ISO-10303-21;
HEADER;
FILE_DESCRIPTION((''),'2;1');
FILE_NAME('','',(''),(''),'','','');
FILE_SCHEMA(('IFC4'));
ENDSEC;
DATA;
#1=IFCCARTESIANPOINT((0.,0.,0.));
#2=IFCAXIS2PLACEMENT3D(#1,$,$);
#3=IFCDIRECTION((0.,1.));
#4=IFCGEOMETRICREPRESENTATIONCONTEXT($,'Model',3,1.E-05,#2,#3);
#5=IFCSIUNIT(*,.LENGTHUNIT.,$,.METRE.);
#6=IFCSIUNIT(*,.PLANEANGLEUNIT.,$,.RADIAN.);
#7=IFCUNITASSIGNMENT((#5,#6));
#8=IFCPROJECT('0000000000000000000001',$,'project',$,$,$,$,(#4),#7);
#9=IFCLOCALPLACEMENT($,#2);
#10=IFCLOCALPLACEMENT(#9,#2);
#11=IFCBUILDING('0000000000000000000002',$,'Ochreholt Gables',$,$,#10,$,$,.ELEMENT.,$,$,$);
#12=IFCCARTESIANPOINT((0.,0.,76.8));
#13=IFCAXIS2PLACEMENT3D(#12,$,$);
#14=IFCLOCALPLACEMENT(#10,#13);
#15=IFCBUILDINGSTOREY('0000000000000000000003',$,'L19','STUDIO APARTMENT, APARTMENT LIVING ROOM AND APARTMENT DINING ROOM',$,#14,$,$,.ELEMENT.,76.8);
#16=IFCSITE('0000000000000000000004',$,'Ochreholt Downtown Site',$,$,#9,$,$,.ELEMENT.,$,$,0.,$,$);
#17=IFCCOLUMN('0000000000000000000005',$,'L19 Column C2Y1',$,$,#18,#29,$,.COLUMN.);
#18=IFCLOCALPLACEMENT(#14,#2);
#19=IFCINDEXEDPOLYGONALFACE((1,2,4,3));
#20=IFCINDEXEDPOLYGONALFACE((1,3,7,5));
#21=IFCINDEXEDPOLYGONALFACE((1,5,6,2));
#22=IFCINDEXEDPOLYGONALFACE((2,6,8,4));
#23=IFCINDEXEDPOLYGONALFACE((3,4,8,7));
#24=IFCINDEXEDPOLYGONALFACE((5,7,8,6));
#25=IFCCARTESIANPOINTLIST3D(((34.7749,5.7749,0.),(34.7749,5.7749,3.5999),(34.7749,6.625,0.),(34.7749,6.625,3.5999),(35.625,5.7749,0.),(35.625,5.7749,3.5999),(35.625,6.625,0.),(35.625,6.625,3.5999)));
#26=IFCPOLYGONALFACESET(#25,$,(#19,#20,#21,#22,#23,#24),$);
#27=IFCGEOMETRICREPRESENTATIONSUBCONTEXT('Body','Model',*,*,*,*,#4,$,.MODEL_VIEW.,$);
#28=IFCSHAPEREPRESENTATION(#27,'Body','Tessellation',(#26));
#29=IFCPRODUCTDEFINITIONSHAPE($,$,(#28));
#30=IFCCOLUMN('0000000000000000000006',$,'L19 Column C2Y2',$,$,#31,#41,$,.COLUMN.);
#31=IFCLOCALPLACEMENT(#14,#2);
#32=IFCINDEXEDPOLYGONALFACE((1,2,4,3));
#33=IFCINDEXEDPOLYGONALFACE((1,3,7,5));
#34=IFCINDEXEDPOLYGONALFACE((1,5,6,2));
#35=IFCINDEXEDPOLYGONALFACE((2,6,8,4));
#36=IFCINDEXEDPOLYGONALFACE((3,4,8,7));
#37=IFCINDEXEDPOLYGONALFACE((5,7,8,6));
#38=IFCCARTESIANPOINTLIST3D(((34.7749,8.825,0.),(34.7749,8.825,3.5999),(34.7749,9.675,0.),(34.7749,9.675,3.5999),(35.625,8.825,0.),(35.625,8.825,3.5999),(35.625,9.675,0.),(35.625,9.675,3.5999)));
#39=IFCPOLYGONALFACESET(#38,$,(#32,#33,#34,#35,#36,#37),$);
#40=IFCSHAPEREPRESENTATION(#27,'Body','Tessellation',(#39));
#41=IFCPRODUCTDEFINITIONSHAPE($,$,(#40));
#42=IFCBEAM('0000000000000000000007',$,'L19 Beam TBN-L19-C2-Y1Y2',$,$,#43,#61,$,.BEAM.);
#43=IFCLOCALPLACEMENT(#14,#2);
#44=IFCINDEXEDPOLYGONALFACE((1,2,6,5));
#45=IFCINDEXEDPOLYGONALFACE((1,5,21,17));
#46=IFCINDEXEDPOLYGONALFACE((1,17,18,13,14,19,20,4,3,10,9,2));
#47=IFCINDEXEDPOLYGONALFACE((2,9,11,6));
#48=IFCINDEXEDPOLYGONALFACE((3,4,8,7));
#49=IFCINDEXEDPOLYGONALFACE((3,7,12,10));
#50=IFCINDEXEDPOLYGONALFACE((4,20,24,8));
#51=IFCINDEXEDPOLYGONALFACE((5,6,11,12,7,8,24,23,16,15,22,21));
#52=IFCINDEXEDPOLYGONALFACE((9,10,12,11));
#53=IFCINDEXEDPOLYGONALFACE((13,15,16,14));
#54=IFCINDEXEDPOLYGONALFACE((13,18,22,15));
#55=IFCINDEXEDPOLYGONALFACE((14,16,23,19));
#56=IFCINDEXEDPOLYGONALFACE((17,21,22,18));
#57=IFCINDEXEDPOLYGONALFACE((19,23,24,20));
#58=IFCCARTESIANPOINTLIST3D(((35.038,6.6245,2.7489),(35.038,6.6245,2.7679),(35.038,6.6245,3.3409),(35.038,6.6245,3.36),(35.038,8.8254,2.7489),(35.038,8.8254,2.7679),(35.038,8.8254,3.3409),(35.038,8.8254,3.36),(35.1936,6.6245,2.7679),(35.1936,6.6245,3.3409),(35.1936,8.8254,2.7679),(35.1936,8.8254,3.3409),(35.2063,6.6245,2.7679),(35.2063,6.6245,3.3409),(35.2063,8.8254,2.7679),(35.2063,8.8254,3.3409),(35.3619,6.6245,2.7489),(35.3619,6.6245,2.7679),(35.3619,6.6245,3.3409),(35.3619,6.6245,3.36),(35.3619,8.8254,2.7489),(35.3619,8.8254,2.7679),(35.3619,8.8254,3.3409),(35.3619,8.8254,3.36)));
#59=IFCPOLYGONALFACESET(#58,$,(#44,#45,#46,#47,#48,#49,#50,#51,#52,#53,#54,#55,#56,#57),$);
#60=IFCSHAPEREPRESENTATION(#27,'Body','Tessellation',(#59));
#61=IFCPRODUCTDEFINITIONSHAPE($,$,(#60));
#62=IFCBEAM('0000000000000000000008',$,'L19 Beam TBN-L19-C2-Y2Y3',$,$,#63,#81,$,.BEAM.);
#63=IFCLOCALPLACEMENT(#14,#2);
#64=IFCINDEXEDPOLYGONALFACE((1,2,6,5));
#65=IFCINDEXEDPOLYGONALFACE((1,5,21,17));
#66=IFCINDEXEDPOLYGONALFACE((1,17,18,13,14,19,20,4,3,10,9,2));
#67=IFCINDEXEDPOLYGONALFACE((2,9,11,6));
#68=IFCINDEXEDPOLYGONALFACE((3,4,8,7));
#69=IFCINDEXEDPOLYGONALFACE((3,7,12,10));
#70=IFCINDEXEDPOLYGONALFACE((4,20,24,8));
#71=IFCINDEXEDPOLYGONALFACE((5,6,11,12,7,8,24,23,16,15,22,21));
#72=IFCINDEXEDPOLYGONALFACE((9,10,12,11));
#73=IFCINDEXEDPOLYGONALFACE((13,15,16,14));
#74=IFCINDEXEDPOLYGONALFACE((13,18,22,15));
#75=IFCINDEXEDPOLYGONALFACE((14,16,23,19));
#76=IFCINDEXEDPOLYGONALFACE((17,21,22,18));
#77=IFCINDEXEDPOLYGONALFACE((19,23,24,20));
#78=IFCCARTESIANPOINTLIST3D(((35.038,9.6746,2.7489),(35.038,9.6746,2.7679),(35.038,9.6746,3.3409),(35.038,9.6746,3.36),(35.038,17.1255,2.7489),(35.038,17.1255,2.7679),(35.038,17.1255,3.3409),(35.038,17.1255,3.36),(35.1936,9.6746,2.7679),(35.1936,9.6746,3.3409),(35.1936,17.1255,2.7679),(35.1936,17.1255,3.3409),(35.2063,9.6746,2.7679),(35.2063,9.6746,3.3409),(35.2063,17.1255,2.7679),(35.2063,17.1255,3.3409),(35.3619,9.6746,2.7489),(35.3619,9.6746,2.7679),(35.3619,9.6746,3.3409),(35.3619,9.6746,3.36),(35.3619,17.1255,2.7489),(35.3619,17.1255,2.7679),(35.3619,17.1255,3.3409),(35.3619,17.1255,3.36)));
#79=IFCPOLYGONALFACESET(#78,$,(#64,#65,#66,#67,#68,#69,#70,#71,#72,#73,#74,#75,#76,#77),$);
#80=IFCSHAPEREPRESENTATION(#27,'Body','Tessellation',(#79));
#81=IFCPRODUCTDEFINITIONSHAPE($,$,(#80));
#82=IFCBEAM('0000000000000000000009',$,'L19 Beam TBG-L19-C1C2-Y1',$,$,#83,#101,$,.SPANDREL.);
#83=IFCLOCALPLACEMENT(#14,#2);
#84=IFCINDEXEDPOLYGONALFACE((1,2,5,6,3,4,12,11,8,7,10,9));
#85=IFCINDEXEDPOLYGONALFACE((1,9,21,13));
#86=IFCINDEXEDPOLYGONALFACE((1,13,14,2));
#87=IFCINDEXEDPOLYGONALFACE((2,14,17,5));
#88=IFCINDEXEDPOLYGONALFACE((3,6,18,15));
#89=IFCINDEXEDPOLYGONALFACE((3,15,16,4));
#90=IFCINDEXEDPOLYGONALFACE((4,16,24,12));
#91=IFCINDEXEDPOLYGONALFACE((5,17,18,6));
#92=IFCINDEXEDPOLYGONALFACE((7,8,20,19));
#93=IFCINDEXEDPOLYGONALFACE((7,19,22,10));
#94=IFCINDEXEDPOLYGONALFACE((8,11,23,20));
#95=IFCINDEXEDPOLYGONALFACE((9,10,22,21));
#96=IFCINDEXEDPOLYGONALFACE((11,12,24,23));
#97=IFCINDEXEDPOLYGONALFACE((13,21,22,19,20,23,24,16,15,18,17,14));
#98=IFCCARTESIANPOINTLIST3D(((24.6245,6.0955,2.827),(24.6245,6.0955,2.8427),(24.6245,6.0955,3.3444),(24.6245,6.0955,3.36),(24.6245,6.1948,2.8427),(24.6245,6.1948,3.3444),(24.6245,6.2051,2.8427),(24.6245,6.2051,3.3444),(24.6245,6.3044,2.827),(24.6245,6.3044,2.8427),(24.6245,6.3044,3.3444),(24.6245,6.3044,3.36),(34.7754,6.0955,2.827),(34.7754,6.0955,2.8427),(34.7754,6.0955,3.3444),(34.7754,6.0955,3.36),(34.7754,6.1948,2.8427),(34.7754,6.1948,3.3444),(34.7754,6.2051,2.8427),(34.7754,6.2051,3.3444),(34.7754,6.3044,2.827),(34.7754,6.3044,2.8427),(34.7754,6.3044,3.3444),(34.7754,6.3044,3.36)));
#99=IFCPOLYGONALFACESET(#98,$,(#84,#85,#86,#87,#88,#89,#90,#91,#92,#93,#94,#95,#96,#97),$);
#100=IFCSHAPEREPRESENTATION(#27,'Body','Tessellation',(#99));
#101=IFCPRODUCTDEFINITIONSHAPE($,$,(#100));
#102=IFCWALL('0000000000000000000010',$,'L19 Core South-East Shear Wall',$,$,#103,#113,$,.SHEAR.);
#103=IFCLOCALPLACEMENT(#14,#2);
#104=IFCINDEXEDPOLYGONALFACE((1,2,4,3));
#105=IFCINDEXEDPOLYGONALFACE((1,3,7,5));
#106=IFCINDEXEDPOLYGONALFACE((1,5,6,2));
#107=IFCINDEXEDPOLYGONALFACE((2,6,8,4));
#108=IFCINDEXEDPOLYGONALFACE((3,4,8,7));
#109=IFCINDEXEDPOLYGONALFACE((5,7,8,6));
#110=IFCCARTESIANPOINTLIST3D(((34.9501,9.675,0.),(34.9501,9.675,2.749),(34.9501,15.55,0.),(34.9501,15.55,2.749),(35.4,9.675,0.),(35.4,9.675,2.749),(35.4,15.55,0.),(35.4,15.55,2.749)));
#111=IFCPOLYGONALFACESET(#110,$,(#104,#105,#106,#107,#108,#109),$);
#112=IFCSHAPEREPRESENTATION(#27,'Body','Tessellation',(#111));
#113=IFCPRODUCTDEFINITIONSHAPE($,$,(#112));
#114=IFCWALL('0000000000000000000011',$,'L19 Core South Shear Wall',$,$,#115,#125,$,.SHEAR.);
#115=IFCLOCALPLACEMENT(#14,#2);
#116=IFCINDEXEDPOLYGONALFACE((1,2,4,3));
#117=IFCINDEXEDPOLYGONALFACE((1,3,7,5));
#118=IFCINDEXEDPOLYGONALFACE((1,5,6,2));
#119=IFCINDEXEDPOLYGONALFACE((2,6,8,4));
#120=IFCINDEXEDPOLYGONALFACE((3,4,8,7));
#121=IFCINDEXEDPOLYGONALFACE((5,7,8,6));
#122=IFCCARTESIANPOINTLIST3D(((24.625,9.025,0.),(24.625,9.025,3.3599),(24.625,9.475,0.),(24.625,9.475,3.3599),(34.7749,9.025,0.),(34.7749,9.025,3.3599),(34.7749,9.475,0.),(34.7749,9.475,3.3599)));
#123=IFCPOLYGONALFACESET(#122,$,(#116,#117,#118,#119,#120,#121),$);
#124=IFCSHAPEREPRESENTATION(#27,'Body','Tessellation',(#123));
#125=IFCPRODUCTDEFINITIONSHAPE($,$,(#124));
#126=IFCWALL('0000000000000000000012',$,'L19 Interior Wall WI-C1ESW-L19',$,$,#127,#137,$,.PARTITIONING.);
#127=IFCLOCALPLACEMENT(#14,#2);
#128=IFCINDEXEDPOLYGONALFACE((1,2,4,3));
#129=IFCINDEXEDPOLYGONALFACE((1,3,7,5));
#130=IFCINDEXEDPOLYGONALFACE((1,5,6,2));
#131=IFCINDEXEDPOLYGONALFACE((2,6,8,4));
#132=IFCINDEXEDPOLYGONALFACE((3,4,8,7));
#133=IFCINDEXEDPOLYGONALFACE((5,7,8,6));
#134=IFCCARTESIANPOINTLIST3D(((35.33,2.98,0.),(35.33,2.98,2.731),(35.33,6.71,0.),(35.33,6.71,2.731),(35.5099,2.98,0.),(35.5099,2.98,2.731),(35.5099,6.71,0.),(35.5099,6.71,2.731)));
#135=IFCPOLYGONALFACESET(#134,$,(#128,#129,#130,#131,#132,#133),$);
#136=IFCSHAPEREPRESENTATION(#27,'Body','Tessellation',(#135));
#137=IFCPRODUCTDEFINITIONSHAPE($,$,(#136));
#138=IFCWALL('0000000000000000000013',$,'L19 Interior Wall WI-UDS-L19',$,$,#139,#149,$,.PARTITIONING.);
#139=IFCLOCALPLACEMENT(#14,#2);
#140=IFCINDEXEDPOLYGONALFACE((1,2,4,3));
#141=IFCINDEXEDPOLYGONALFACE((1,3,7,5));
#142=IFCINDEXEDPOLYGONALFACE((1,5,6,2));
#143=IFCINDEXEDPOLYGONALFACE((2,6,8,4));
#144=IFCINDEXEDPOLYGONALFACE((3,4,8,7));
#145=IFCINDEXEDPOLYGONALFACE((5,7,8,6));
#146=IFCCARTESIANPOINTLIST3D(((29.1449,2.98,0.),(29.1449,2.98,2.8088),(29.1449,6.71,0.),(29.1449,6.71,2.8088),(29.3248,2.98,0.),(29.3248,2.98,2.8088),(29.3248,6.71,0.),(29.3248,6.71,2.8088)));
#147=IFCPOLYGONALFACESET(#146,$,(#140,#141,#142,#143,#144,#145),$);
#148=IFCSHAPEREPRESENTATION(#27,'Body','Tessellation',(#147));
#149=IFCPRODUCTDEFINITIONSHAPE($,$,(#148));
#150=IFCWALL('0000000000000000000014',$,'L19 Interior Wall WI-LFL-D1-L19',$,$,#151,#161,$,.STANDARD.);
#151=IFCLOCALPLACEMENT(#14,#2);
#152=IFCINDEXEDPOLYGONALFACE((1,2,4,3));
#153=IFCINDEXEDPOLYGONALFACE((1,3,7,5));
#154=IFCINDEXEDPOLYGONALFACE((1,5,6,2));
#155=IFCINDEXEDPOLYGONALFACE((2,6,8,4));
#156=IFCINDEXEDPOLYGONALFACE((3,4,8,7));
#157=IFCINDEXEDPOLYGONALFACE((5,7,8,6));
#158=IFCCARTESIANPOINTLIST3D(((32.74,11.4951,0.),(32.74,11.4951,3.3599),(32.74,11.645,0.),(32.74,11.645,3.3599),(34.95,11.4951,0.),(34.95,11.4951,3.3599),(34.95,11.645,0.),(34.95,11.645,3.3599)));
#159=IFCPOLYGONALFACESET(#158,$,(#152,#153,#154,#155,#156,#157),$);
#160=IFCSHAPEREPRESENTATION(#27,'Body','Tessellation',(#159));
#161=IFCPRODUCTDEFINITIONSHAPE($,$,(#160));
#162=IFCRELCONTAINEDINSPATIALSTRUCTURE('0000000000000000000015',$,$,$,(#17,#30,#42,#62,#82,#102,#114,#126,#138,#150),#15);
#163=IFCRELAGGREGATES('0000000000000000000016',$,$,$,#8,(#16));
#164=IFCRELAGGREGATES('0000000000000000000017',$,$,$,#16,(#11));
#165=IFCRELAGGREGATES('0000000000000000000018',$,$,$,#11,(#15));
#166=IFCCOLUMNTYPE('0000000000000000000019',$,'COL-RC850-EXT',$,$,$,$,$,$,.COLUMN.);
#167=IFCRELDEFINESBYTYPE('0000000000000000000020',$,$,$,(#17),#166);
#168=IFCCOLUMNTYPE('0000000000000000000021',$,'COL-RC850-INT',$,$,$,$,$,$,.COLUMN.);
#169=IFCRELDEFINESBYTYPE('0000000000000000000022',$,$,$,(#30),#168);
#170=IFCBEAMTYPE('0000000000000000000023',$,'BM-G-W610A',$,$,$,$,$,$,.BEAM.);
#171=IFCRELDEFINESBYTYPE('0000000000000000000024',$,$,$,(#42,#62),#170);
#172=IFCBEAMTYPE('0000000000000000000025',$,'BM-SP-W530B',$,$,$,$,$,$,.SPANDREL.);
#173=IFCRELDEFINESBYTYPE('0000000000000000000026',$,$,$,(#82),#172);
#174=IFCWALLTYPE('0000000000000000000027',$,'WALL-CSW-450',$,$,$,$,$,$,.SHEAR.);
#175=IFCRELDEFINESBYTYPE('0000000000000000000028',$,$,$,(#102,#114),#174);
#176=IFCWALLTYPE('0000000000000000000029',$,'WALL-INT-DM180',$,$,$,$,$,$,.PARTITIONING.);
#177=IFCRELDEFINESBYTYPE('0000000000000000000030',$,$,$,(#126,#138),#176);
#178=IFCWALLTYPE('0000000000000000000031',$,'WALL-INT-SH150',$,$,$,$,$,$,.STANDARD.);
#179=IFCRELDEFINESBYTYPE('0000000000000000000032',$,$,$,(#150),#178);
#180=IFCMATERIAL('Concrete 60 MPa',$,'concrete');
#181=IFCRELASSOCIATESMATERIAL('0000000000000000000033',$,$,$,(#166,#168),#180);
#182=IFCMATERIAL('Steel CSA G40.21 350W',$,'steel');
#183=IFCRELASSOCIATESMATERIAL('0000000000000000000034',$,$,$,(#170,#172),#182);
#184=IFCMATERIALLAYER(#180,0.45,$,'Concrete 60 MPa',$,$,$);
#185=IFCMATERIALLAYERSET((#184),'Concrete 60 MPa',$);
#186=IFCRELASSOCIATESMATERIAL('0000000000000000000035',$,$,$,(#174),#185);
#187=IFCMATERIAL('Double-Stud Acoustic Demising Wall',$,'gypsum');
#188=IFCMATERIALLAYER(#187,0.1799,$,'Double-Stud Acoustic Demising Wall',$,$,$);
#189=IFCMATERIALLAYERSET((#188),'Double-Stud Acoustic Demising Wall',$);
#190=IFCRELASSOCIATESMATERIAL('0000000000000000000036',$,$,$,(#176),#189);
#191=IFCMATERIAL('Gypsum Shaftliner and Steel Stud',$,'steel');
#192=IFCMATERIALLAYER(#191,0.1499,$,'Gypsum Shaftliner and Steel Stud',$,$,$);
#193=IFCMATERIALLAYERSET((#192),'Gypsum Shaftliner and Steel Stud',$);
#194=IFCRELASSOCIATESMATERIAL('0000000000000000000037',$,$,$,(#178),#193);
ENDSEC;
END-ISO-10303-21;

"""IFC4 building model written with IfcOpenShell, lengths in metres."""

from ifc_helpers import new_model, si_unit, direction, frame, frame_2d, origin, origin_2d, place, context, subcontext, project, spatial, rectangle, i_section, extrude, material, layer, layer_set, material_profile, profile_set, type_object, element, save


model = new_model("IFC4")

# Units and contexts
model_context = context("Model", 3, precision=1e-05, world=origin(), true_north=direction((0.0, 1.0)))
body_context = subcontext(model_context, "Body", "Model", "MODEL_VIEW")
ifc_project = project(units=[si_unit("LENGTHUNIT", "METRE"), si_unit("PLANEANGLEUNIT", "RADIAN")], contexts=[model_context])

# Site, building, storey
site_placement = place(None, origin())
site = spatial("IfcSite", under=ifc_project, at=site_placement, Name="Ochreholt Downtown Site", CompositionType="ELEMENT", RefElevation=0.0)
building_placement = place(site_placement, origin())
building = spatial("IfcBuilding", under=site, at=building_placement, Name="Ochreholt Gables", CompositionType="ELEMENT")
storey_placement = place(building_placement, frame((0.0, 0.0, 76.8)))
storey = spatial("IfcBuildingStorey", under=building, at=storey_placement, Name="L19", Description="STUDIO APARTMENT, APARTMENT LIVING ROOM AND APARTMENT DINING ROOM", CompositionType="ELEMENT", Elevation=76.8)

# Columns
ifc_material_1 = material(Name="Concrete 60 MPa", Category="concrete")
ifc_material_profile_1 = material_profile(ifc_material_1, rectangle(XDim=0.8501, YDim=0.8501, at=origin_2d()), Name="RC850X850")
ifc_profile_set_1 = profile_set([ifc_material_profile_1], Name="Concrete 60 MPa")
column_type_1 = type_object("IfcColumnType", Name="COL-RC850-EXT", PredefinedType="COLUMN", material=ifc_profile_set_1)
column_1_placement = place(storey_placement, frame((35.2, 6.2, 0.0), z_axis=(0.0, 0.0, 1.0), x_axis=(1.0, 0.0, 0.0)))
element("IfcColumn", 1, at=column_1_placement, inside=storey, type_object=column_type_1, Name="L19 Column C2Y1", PredefinedType="COLUMN", context=body_context, shape_type="SweptSolid", body=[
    extrude(rectangle(XDim=0.8501, YDim=0.8501, at=origin_2d()), origin(), (0.0, 0.0, 1.0), 3.5999),
])
ifc_material_profile_2 = material_profile(ifc_material_1, rectangle(XDim=0.8501, YDim=0.8501, at=origin_2d()), Name="RC850X850")
ifc_profile_set_2 = profile_set([ifc_material_profile_2], Name="Concrete 60 MPa")
column_type_2 = type_object("IfcColumnType", Name="COL-RC850-INT", PredefinedType="COLUMN", material=ifc_profile_set_2)
column_2_placement = place(storey_placement, frame((35.2, 9.25, 0.0), z_axis=(0.0, 0.0, 1.0), x_axis=(1.0, 0.0, 0.0)))
element("IfcColumn", 2, at=column_2_placement, inside=storey, type_object=column_type_2, Name="L19 Column C2Y2", PredefinedType="COLUMN", context=body_context, shape_type="SweptSolid", body=[
    extrude(rectangle(XDim=0.8501, YDim=0.8501, at=origin_2d()), origin(), (0.0, 0.0, 1.0), 3.5999),
])

# Beams
ifc_material_2 = material(Name="Steel CSA G40.21 350W", Category="steel")
ifc_material_profile_3 = material_profile(ifc_material_2, i_section(OverallWidth=0.324, OverallDepth=0.6111, WebThickness=0.0127, FlangeThickness=0.019, at=origin_2d()), Name="W610X155")
ifc_profile_set_3 = profile_set([ifc_material_profile_3], Name="Steel CSA G40.21 350W")
beam_type_1 = type_object("IfcBeamType", Name="BM-G-W610A", PredefinedType="BEAM", material=ifc_profile_set_3)
beam_1_placement = place(storey_placement, frame((35.2, 6.6245, 3.0544), z_axis=(0.0, 1.0, 0.0), x_axis=(-1.0, 0.0, 0.0)))
element("IfcBeam", 3, at=beam_1_placement, inside=storey, type_object=beam_type_1, Name="L19 Beam TBN-L19-C2-Y1Y2", PredefinedType="BEAM", context=body_context, shape_type="SweptSolid", body=[
    extrude(i_section(OverallWidth=0.324, OverallDepth=0.6111, WebThickness=0.0127, FlangeThickness=0.019, at=origin_2d()), origin(), (0.0, 0.0, 1.0), 2.2009),
])
beam_2_placement = place(storey_placement, frame((35.2, 9.6746, 3.0544), z_axis=(0.0, 1.0, 0.0), x_axis=(-1.0, 0.0, 0.0)))
element("IfcBeam", 4, at=beam_2_placement, inside=storey, type_object=beam_type_1, Name="L19 Beam TBN-L19-C2-Y2Y3", PredefinedType="BEAM", context=body_context, shape_type="SweptSolid", body=[
    extrude(i_section(OverallWidth=0.324, OverallDepth=0.6111, WebThickness=0.0127, FlangeThickness=0.019, at=origin_2d()), origin(), (0.0, 0.0, 1.0), 7.4509),
])
ifc_material_profile_4 = material_profile(ifc_material_2, i_section(OverallWidth=0.209, OverallDepth=0.533, WebThickness=0.0103, FlangeThickness=0.0156, at=origin_2d()), Name="W530X92")
ifc_profile_set_4 = profile_set([ifc_material_profile_4], Name="Steel CSA G40.21 350W")
beam_type_2 = type_object("IfcBeamType", Name="BM-SP-W530B", PredefinedType="SPANDREL", material=ifc_profile_set_4)
beam_3_placement = place(storey_placement, frame((24.6245, 6.2, 3.0935), z_axis=(1.0, 0.0, 0.0), x_axis=(0.0, 1.0, 0.0)))
element("IfcBeam", 5, at=beam_3_placement, inside=storey, type_object=beam_type_2, Name="L19 Beam TBG-L19-C1C2-Y1", PredefinedType="SPANDREL", context=body_context, shape_type="SweptSolid", body=[
    extrude(i_section(OverallWidth=0.209, OverallDepth=0.533, WebThickness=0.0103, FlangeThickness=0.0156, at=origin_2d()), origin(), (0.0, 0.0, 1.0), 10.1509),
])

# Walls
ifc_layer_1 = layer(ifc_material_1, 0.45, Name="Concrete 60 MPa")
ifc_layer_set_1 = layer_set([ifc_layer_1], Name="Concrete 60 MPa")
wall_type_1 = type_object("IfcWallType", Name="WALL-CSW-450", PredefinedType="SHEAR", material=ifc_layer_set_1)
wall_1_placement = place(storey_placement, frame((35.175, 9.675, 0.0), z_axis=(0.0, 0.0, 1.0), x_axis=(0.0, 1.0, 0.0)))
element("IfcWall", 6, at=wall_1_placement, inside=storey, type_object=wall_type_1, Name="L19 Core South-East Shear Wall", PredefinedType="SHEAR", context=body_context, shape_type="SweptSolid", body=[
    extrude(rectangle(XDim=5.875, YDim=0.45, at=frame_2d((2.9375, 0.0))), origin(), (0.0, 0.0, 1.0), 2.749),
])
wall_2_placement = place(storey_placement, frame((24.625, 9.25, 0.0), z_axis=(0.0, 0.0, 1.0), x_axis=(1.0, 0.0, 0.0)))
element("IfcWall", 7, at=wall_2_placement, inside=storey, type_object=wall_type_1, Name="L19 Core South Shear Wall", PredefinedType="SHEAR", context=body_context, shape_type="SweptSolid", body=[
    extrude(rectangle(XDim=10.1499, YDim=0.45, at=frame_2d((5.075, 0.0))), origin(), (0.0, 0.0, 1.0), 3.3599),
])
ifc_material_3 = material(Name="Double-Stud Acoustic Demising Wall", Category="gypsum")
ifc_layer_2 = layer(ifc_material_3, 0.1799, Name="Double-Stud Acoustic Demising Wall")
ifc_layer_set_2 = layer_set([ifc_layer_2], Name="Double-Stud Acoustic Demising Wall")
wall_type_2 = type_object("IfcWallType", Name="WALL-INT-DM180", PredefinedType="PARTITIONING", material=ifc_layer_set_2)
wall_3_placement = place(storey_placement, frame((35.4199, 2.98, 0.0), z_axis=(0.0, 0.0, 1.0), x_axis=(0.0, 1.0, 0.0)))
element("IfcWall", 8, at=wall_3_placement, inside=storey, type_object=wall_type_2, Name="L19 Interior Wall WI-C1ESW-L19", PredefinedType="PARTITIONING", context=body_context, shape_type="SweptSolid", body=[
    extrude(rectangle(XDim=3.73, YDim=0.1799, at=frame_2d((1.865, 0.0))), origin(), (0.0, 0.0, 1.0), 2.731),
])
wall_4_placement = place(storey_placement, frame((29.2349, 2.98, 0.0), z_axis=(0.0, 0.0, 1.0), x_axis=(0.0, 1.0, 0.0)))
element("IfcWall", 9, at=wall_4_placement, inside=storey, type_object=wall_type_2, Name="L19 Interior Wall WI-UDS-L19", PredefinedType="PARTITIONING", context=body_context, shape_type="SweptSolid", body=[
    extrude(rectangle(XDim=3.73, YDim=0.1799, at=frame_2d((1.865, 0.0))), origin(), (0.0, 0.0, 1.0), 2.8088),
])
ifc_material_4 = material(Name="Gypsum Shaftliner and Steel Stud", Category="steel")
ifc_layer_3 = layer(ifc_material_4, 0.1499, Name="Gypsum Shaftliner and Steel Stud")
ifc_layer_set_3 = layer_set([ifc_layer_3], Name="Gypsum Shaftliner and Steel Stud")
wall_type_3 = type_object("IfcWallType", Name="WALL-INT-SH150", PredefinedType="STANDARD", material=ifc_layer_set_3)
wall_5_placement = place(storey_placement, frame((32.74, 11.5701, 0.0), z_axis=(0.0, 0.0, 1.0), x_axis=(1.0, 0.0, 0.0)))
element("IfcWall", 10, at=wall_5_placement, inside=storey, type_object=wall_type_3, Name="L19 Interior Wall WI-LFL-D1-L19", PredefinedType="STANDARD", context=body_context, shape_type="SweptSolid", body=[
    extrude(rectangle(XDim=2.21, YDim=0.1499, at=frame_2d((1.105, 0.0))), origin(), (0.0, 0.0, 1.0), 3.3599),
])

save(model, "model.ifc")
